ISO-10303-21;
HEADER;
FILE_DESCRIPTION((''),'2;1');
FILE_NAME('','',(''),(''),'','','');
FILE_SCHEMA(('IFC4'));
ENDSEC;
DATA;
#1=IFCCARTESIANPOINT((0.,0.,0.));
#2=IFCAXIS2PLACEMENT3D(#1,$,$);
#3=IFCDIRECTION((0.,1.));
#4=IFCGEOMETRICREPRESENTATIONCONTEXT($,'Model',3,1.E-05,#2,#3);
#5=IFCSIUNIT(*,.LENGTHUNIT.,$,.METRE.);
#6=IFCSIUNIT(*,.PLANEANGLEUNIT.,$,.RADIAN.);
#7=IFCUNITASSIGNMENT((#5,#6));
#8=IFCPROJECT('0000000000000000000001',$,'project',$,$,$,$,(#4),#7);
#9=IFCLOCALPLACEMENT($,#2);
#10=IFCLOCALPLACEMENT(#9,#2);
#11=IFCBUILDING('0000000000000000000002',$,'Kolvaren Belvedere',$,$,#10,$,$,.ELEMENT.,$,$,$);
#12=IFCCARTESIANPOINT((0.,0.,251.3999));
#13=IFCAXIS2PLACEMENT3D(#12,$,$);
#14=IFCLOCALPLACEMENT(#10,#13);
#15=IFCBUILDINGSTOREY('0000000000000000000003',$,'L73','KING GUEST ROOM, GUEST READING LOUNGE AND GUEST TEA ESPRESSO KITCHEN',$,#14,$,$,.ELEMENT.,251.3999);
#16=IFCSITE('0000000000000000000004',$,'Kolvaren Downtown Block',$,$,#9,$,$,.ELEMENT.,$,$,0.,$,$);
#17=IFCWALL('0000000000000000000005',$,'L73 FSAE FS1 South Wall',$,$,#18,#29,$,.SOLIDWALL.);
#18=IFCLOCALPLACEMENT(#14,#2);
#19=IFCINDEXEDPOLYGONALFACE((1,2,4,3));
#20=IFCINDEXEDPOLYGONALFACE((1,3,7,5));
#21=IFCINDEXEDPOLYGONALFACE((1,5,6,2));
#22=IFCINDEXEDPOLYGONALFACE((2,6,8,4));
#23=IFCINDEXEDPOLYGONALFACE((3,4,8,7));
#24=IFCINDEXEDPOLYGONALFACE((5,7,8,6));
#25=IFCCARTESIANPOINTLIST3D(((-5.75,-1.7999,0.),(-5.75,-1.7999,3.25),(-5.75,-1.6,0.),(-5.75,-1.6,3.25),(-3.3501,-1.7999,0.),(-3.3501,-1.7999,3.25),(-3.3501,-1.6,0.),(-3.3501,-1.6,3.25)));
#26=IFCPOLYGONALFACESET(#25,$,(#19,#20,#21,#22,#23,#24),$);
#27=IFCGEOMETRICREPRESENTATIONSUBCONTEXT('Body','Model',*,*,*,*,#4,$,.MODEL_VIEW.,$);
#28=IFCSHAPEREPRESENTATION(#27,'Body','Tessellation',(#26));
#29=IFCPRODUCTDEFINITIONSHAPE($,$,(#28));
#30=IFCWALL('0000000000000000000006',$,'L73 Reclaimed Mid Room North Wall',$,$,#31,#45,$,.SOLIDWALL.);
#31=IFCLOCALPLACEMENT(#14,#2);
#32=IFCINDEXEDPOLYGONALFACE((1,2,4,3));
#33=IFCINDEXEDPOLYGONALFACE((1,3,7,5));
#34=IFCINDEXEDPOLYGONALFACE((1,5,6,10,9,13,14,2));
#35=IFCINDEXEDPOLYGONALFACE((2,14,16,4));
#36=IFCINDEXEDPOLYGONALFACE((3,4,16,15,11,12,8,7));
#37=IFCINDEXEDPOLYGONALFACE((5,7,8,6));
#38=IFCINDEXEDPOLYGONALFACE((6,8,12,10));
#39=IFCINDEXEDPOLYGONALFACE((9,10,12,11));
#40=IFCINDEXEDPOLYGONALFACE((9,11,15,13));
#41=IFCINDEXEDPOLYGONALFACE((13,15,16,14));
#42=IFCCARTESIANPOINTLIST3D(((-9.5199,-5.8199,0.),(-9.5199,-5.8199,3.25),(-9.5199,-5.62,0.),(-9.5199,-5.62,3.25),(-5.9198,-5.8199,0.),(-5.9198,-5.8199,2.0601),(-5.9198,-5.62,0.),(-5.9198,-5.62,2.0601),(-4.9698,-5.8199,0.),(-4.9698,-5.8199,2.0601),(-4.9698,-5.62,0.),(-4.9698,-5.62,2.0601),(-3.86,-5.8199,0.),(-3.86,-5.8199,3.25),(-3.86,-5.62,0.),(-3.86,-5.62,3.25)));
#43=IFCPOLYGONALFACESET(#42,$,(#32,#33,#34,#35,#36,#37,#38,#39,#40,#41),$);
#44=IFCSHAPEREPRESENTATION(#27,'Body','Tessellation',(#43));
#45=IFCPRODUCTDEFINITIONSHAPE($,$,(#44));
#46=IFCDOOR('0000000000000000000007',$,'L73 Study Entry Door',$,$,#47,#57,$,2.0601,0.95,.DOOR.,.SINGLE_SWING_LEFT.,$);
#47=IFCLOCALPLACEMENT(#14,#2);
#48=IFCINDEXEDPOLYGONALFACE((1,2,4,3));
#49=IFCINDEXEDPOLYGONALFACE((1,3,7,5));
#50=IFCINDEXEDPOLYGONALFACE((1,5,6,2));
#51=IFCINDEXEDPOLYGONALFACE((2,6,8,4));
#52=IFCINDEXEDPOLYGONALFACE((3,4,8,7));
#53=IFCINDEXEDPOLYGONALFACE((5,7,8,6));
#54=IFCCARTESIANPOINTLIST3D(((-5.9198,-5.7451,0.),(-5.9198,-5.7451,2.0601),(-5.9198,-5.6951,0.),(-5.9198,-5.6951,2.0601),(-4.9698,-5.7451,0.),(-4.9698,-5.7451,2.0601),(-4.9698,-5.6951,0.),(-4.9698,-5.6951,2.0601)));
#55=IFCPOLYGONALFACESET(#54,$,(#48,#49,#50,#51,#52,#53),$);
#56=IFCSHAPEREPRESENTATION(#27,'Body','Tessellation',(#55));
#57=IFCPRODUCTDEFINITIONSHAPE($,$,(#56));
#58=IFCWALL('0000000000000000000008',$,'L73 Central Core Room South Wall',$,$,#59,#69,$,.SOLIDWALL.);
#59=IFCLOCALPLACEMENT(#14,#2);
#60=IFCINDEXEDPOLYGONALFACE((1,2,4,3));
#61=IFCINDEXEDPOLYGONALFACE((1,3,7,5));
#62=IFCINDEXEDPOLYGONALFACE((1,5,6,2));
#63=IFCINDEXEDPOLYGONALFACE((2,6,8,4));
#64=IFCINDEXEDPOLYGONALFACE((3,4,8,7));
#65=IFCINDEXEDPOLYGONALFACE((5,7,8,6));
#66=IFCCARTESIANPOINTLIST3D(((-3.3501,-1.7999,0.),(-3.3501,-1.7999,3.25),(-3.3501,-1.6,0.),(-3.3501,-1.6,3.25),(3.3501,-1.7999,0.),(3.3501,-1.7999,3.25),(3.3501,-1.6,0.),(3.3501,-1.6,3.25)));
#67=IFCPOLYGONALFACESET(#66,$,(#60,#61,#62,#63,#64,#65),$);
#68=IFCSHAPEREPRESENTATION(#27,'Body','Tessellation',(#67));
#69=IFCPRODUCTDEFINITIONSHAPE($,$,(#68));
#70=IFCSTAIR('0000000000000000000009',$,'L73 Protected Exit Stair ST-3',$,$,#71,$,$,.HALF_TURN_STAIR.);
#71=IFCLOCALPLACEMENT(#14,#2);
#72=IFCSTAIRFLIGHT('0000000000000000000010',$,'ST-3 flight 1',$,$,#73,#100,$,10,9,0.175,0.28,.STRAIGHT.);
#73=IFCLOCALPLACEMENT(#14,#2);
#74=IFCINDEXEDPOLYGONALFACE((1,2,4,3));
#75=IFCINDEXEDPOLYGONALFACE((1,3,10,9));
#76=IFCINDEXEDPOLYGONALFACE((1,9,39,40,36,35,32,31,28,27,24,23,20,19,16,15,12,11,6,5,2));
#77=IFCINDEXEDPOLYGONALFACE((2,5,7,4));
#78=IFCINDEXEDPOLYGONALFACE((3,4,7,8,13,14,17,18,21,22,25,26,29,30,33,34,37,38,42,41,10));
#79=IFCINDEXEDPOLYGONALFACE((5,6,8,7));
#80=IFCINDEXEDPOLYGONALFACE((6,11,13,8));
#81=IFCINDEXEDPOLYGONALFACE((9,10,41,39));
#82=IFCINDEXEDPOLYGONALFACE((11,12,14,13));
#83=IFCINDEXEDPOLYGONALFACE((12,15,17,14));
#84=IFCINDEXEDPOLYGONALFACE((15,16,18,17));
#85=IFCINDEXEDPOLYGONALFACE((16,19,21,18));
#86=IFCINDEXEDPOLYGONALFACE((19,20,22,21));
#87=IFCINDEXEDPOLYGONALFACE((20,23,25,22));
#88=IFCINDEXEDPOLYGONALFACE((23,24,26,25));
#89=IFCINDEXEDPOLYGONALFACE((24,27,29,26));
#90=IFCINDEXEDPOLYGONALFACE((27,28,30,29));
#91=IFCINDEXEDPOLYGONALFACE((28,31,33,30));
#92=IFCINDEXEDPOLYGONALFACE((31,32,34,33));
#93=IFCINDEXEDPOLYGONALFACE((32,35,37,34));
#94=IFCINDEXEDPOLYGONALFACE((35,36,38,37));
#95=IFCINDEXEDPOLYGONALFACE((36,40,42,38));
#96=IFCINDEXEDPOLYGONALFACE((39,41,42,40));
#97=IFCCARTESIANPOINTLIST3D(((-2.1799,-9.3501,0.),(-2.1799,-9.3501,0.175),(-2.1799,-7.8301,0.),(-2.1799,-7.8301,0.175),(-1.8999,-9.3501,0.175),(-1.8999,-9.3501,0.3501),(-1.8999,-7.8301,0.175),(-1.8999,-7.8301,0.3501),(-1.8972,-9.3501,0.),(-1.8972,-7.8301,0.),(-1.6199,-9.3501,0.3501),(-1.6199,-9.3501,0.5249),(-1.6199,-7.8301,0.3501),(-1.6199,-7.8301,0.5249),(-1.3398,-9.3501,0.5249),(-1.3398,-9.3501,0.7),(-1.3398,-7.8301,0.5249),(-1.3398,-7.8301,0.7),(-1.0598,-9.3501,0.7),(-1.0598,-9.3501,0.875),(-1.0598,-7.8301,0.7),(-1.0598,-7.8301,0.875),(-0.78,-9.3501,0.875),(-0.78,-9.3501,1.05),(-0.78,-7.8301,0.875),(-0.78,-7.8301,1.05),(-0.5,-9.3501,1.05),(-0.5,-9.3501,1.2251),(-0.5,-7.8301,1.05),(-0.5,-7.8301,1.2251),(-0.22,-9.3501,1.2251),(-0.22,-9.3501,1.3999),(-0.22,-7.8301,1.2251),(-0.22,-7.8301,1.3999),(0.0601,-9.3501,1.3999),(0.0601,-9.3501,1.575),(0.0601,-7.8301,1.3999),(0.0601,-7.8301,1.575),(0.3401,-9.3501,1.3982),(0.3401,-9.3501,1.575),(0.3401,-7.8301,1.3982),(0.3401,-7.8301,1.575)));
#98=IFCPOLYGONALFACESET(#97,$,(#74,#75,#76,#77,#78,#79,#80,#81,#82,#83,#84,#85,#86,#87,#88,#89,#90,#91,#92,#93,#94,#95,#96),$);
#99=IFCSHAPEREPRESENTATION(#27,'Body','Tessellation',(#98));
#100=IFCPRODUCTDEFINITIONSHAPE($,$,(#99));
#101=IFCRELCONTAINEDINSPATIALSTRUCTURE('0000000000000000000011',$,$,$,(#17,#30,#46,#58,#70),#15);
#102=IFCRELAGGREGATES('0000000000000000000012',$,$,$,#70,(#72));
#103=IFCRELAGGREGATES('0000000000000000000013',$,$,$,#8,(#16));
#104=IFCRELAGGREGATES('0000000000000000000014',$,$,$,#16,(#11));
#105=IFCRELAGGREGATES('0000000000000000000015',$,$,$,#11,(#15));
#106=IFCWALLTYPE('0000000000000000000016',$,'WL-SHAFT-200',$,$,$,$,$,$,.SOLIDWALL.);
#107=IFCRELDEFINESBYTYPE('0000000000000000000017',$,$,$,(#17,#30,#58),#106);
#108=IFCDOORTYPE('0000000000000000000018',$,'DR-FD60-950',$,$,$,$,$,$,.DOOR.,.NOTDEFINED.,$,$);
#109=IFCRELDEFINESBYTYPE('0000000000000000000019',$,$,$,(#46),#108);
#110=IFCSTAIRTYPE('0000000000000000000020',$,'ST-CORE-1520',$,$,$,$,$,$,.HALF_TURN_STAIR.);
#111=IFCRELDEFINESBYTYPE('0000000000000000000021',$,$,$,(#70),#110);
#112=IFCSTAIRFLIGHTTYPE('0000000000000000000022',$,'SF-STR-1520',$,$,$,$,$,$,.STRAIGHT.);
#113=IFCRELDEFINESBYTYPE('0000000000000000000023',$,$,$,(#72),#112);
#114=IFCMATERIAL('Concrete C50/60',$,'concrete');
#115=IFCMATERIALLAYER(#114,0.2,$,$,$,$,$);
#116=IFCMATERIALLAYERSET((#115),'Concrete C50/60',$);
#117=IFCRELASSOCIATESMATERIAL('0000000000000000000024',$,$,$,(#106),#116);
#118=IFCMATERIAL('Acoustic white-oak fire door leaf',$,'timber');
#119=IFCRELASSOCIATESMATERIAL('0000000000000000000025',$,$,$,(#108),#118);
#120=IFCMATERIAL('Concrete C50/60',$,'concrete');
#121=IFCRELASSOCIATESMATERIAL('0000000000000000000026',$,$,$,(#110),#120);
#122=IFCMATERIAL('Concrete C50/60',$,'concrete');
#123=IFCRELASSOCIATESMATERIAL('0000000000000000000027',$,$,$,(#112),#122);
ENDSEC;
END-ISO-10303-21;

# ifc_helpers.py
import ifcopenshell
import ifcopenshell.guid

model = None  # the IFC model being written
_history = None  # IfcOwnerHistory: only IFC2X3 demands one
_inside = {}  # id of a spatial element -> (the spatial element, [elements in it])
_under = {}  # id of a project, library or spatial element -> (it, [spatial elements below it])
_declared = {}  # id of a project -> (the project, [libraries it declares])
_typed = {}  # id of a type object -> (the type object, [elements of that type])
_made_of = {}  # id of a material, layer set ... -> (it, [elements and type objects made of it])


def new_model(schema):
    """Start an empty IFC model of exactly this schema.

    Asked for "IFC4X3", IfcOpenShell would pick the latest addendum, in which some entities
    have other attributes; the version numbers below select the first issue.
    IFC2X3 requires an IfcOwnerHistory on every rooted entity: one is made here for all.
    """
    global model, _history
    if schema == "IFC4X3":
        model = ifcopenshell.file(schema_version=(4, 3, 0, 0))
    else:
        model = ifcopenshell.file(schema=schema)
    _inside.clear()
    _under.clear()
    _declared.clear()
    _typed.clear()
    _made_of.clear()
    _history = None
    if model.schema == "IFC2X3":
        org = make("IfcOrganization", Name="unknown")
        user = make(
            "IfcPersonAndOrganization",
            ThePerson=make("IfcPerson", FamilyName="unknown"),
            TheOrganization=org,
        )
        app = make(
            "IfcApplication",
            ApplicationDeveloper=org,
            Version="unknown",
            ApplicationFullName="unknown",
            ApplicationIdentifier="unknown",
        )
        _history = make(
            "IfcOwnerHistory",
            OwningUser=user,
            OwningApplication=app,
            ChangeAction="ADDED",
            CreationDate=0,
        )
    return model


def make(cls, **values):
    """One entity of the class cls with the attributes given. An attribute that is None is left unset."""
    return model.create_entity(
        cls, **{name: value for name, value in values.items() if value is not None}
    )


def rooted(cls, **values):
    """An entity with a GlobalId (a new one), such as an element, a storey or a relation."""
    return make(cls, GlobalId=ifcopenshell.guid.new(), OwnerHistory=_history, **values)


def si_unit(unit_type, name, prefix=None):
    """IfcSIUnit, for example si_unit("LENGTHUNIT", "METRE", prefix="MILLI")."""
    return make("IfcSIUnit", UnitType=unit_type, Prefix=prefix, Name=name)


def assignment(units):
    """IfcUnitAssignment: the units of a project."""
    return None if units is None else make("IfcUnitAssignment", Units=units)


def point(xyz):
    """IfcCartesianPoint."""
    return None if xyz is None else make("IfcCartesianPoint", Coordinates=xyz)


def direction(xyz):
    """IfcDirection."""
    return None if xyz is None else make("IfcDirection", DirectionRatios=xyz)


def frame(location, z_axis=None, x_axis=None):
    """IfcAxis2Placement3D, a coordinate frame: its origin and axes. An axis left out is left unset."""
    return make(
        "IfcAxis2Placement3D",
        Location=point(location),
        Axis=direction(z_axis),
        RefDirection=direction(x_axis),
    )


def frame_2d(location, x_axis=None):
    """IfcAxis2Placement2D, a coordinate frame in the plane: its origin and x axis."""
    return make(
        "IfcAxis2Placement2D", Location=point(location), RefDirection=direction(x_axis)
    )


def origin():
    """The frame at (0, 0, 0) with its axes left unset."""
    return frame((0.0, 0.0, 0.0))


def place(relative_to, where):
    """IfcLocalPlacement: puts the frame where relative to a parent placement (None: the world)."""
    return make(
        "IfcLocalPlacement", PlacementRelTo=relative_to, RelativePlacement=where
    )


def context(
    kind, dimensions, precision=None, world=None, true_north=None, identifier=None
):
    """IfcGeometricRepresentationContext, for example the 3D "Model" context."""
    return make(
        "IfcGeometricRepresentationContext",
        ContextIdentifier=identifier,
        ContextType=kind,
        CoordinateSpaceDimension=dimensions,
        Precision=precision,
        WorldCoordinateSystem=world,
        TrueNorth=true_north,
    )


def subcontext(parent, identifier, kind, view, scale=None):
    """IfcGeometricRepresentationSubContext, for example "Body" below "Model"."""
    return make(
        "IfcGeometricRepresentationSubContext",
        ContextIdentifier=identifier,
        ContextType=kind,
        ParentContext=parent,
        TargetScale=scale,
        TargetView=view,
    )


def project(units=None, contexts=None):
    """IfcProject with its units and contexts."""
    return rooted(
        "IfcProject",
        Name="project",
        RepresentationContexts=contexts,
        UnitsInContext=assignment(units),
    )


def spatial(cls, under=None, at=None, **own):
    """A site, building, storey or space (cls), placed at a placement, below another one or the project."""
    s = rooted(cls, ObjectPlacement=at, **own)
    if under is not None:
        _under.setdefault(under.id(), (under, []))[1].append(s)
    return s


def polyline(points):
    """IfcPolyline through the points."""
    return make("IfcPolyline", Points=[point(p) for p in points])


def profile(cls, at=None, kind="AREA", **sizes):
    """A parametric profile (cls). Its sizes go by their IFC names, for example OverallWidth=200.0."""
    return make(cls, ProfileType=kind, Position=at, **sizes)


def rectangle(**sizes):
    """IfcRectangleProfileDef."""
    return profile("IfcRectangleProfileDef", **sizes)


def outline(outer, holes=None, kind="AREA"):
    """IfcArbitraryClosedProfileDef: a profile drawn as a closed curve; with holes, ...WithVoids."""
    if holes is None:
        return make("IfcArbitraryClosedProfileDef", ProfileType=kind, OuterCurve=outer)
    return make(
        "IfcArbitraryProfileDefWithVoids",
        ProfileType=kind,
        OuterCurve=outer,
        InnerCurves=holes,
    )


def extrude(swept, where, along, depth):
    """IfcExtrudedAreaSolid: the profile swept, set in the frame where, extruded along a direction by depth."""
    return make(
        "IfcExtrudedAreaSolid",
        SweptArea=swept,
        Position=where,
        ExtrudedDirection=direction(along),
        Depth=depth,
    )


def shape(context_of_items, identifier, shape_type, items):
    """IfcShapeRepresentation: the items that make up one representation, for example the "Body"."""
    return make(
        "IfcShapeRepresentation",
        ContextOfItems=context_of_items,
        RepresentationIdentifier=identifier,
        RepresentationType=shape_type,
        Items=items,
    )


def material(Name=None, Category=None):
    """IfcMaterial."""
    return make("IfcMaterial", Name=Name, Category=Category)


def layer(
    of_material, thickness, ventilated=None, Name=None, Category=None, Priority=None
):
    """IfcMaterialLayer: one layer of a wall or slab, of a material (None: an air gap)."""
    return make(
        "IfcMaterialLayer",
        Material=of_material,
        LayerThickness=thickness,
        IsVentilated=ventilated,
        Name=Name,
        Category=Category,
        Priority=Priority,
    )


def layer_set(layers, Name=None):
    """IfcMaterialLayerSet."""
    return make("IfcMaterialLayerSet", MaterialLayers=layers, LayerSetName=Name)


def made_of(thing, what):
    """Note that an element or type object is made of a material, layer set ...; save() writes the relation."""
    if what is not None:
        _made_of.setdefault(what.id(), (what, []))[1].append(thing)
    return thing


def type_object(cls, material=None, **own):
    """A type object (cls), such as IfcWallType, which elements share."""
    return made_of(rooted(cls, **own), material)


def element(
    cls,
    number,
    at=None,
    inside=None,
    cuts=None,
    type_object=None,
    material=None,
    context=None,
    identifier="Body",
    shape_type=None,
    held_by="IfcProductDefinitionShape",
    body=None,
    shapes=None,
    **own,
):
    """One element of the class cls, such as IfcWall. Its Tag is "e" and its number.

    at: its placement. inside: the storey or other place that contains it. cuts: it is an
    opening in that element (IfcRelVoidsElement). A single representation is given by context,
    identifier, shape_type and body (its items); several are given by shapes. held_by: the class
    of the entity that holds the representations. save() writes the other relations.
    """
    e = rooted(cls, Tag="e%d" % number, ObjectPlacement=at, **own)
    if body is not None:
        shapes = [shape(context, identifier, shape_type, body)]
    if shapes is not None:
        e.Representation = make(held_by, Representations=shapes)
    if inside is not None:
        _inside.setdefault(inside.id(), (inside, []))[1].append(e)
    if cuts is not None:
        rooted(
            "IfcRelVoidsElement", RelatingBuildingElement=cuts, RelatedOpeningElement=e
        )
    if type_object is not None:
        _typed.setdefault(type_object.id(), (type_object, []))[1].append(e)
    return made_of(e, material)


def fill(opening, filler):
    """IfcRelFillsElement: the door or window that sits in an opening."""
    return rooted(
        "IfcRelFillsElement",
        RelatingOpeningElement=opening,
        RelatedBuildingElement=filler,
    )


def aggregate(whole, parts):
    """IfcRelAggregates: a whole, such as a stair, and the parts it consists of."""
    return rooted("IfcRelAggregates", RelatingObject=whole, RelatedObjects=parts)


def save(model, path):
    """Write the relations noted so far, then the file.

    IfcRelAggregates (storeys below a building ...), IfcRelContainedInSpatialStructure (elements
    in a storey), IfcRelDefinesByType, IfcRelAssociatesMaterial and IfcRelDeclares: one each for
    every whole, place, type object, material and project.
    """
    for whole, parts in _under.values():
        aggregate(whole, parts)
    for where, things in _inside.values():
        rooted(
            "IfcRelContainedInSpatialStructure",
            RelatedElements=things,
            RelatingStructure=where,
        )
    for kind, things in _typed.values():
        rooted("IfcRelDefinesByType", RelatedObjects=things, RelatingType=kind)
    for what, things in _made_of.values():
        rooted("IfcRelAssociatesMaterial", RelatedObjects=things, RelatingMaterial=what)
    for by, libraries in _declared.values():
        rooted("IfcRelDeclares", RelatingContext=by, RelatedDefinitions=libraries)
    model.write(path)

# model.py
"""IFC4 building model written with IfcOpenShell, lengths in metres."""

from ifc_helpers import new_model, si_unit, direction, frame, frame_2d, origin, place, context, subcontext, project, spatial, polyline, rectangle, outline, extrude, material, layer, layer_set, type_object, element, fill, aggregate, save


model = new_model("IFC4")

# Units and contexts
model_context = context("Model", 3, precision=1e-05, world=origin(), true_north=direction((0.0, 1.0)))
body_context = subcontext(model_context, "Body", "Model", "MODEL_VIEW")
ifc_project = project(units=[si_unit("LENGTHUNIT", "METRE"), si_unit("PLANEANGLEUNIT", "RADIAN")], contexts=[model_context])

# Site, building, storey
site_placement = place(None, origin())
site = spatial("IfcSite", under=ifc_project, at=site_placement, Name="Kolvaren Downtown Block", CompositionType="ELEMENT", RefElevation=0.0)
building_placement = place(site_placement, origin())
building = spatial("IfcBuilding", under=site, at=building_placement, Name="Kolvaren Belvedere", CompositionType="ELEMENT")
storey_placement = place(building_placement, frame((0.0, 0.0, 251.3999)))
storey = spatial("IfcBuildingStorey", under=building, at=storey_placement, Name="L73", Description="KING GUEST ROOM, GUEST READING LOUNGE AND GUEST TEA ESPRESSO KITCHEN", CompositionType="ELEMENT", Elevation=251.3999)

# Shared definitions
ifc_material_1 = material(Name="Concrete C50/60", Category="concrete")
ifc_layer_1 = layer(ifc_material_1, 0.2)
ifc_layer_set_1 = layer_set([ifc_layer_1], Name="Concrete C50/60")
wall_type_1 = type_object("IfcWallType", Name="WL-SHAFT-200", PredefinedType="SOLIDWALL", material=ifc_layer_set_1)
ifc_material_2 = material(Name="Acoustic white-oak fire door leaf", Category="timber")
door_type_1 = type_object("IfcDoorType", Name="DR-FD60-950", OperationType="NOTDEFINED", PredefinedType="DOOR", material=ifc_material_2)

# Wall
wall_1_placement = place(storey_placement, frame((-5.75, -1.7, 0.0), z_axis=(0.0, 0.0, 1.0), x_axis=(1.0, 0.0, 0.0)))
element("IfcWall", 1, at=wall_1_placement, inside=storey, type_object=wall_type_1, Name="L73 FSAE FS1 South Wall", PredefinedType="SOLIDWALL", context=body_context, shape_type="SweptSolid", body=[
    extrude(rectangle(XDim=2.3999, YDim=0.2, at=frame_2d((1.2, 0.0))), origin(), (0.0, 0.0, 1.0), 3.25),
])

# Wall, opening, door
wall_2_placement = place(storey_placement, frame((-9.52, -5.72, 0.0), z_axis=(0.0, 0.0, 1.0), x_axis=(1.0, 0.0, 0.0)))
wall_2 = element("IfcWall", 2, at=wall_2_placement, inside=storey, type_object=wall_type_1, Name="L73 Reclaimed Mid Room North Wall", PredefinedType="SOLIDWALL", context=body_context, shape_type="SweptSolid", body=[
    extrude(rectangle(XDim=5.6599, YDim=0.2, at=frame_2d((2.8301, 0.0))), origin(), (0.0, 0.0, 1.0), 3.25),
])
opening_1_placement = place(wall_2_placement, frame((3.6001, 0.0, 0.0)))
opening_1 = element("IfcOpeningElement", 3, at=opening_1_placement, cuts=wall_2, PredefinedType="OPENING", context=body_context, shape_type="SweptSolid", body=[
    extrude(rectangle(XDim=0.95, YDim=2.0601, at=frame_2d((0.4751, 1.03))), frame((0.0, 0.1099, 0.0), z_axis=(0.0, -1.0, 0.0), x_axis=(1.0, 0.0, 0.0)), (0.0, 0.0, 1.0), 0.22),
])
door_1_placement = place(opening_1_placement, origin())
door_1 = element("IfcDoor", 4, at=door_1_placement, inside=storey, type_object=door_type_1, Name="L73 Study Entry Door", OperationType="SINGLE_SWING_LEFT", OverallHeight=2.0601, OverallWidth=0.95, PredefinedType="DOOR", context=body_context, shape_type="SweptSolid", body=[
    extrude(rectangle(XDim=0.95, YDim=2.0601, at=frame_2d((0.4751, 1.03))), frame((0.0, 0.0249, 0.0), z_axis=(0.0, -1.0, 0.0), x_axis=(1.0, 0.0, 0.0)), (0.0, 0.0, 1.0), 0.05),
])
fill(opening_1, door_1)

# Wall
wall_3_placement = place(storey_placement, frame((-3.3501, -1.7, 0.0), z_axis=(0.0, 0.0, 1.0), x_axis=(1.0, 0.0, 0.0)))
element("IfcWall", 5, at=wall_3_placement, inside=storey, type_object=wall_type_1, Name="L73 Central Core Room South Wall", PredefinedType="SOLIDWALL", context=body_context, shape_type="SweptSolid", body=[
    extrude(rectangle(XDim=6.7002, YDim=0.2, at=frame_2d((3.3501, 0.0))), origin(), (0.0, 0.0, 1.0), 3.25),
])

# Stair, stair flight
ifc_material_3 = material(Name="Concrete C50/60", Category="concrete")
stair_type = type_object("IfcStairType", Name="ST-CORE-1520", PredefinedType="HALF_TURN_STAIR", material=ifc_material_3)
stair_placement = place(storey_placement, origin())
stair = element("IfcStair", 6, at=stair_placement, inside=storey, type_object=stair_type, Name="L73 Protected Exit Stair ST-3", PredefinedType="HALF_TURN_STAIR")
ifc_material_4 = material(Name="Concrete C50/60", Category="concrete")
stair_flight_type = type_object("IfcStairFlightType", Name="SF-STR-1520", PredefinedType="STRAIGHT", material=ifc_material_4)
stair_flight_placement = place(storey_placement, frame((-2.1799, -8.5901, 0.0), z_axis=(0.0, 0.0, 1.0), x_axis=(1.0, 0.0, 0.0)))
stair_flight = element("IfcStairFlight", 7, at=stair_flight_placement, type_object=stair_flight_type, Name="ST-3 flight 1", NumberOfRisers=10, NumberOfTreads=9, PredefinedType="STRAIGHT", RiserHeight=0.175, TreadLength=0.28, context=body_context, shape_type="SweptSolid", body=[
    extrude(outline(polyline([(0.0, 0.0), (0.0, 0.175), (0.28, 0.175), (0.28, 0.3501), (0.5601, 0.3501), (0.5601, 0.5249), (0.8401, 0.5249), (0.8401, 0.7), (1.1201, 0.7), (1.1201, 0.875), (1.3999, 0.875), (1.3999, 1.05), (1.6799, 1.05), (1.6799, 1.2251), (1.96, 1.2251), (1.96, 1.3999), (2.24, 1.3999), (2.24, 1.575), (2.52, 1.575), (2.52, 1.75), (2.52, 1.3982), (0.2827, 0.0), (0.0, 0.0)])), frame((0.0, 0.76, 0.0), z_axis=(0.0, -1.0, 0.0), x_axis=(1.0, 0.0, 0.0)), (0.0, 0.0, 1.0), 1.52),
])
aggregate(stair, [stair_flight])

save(model, "model.ifc")
